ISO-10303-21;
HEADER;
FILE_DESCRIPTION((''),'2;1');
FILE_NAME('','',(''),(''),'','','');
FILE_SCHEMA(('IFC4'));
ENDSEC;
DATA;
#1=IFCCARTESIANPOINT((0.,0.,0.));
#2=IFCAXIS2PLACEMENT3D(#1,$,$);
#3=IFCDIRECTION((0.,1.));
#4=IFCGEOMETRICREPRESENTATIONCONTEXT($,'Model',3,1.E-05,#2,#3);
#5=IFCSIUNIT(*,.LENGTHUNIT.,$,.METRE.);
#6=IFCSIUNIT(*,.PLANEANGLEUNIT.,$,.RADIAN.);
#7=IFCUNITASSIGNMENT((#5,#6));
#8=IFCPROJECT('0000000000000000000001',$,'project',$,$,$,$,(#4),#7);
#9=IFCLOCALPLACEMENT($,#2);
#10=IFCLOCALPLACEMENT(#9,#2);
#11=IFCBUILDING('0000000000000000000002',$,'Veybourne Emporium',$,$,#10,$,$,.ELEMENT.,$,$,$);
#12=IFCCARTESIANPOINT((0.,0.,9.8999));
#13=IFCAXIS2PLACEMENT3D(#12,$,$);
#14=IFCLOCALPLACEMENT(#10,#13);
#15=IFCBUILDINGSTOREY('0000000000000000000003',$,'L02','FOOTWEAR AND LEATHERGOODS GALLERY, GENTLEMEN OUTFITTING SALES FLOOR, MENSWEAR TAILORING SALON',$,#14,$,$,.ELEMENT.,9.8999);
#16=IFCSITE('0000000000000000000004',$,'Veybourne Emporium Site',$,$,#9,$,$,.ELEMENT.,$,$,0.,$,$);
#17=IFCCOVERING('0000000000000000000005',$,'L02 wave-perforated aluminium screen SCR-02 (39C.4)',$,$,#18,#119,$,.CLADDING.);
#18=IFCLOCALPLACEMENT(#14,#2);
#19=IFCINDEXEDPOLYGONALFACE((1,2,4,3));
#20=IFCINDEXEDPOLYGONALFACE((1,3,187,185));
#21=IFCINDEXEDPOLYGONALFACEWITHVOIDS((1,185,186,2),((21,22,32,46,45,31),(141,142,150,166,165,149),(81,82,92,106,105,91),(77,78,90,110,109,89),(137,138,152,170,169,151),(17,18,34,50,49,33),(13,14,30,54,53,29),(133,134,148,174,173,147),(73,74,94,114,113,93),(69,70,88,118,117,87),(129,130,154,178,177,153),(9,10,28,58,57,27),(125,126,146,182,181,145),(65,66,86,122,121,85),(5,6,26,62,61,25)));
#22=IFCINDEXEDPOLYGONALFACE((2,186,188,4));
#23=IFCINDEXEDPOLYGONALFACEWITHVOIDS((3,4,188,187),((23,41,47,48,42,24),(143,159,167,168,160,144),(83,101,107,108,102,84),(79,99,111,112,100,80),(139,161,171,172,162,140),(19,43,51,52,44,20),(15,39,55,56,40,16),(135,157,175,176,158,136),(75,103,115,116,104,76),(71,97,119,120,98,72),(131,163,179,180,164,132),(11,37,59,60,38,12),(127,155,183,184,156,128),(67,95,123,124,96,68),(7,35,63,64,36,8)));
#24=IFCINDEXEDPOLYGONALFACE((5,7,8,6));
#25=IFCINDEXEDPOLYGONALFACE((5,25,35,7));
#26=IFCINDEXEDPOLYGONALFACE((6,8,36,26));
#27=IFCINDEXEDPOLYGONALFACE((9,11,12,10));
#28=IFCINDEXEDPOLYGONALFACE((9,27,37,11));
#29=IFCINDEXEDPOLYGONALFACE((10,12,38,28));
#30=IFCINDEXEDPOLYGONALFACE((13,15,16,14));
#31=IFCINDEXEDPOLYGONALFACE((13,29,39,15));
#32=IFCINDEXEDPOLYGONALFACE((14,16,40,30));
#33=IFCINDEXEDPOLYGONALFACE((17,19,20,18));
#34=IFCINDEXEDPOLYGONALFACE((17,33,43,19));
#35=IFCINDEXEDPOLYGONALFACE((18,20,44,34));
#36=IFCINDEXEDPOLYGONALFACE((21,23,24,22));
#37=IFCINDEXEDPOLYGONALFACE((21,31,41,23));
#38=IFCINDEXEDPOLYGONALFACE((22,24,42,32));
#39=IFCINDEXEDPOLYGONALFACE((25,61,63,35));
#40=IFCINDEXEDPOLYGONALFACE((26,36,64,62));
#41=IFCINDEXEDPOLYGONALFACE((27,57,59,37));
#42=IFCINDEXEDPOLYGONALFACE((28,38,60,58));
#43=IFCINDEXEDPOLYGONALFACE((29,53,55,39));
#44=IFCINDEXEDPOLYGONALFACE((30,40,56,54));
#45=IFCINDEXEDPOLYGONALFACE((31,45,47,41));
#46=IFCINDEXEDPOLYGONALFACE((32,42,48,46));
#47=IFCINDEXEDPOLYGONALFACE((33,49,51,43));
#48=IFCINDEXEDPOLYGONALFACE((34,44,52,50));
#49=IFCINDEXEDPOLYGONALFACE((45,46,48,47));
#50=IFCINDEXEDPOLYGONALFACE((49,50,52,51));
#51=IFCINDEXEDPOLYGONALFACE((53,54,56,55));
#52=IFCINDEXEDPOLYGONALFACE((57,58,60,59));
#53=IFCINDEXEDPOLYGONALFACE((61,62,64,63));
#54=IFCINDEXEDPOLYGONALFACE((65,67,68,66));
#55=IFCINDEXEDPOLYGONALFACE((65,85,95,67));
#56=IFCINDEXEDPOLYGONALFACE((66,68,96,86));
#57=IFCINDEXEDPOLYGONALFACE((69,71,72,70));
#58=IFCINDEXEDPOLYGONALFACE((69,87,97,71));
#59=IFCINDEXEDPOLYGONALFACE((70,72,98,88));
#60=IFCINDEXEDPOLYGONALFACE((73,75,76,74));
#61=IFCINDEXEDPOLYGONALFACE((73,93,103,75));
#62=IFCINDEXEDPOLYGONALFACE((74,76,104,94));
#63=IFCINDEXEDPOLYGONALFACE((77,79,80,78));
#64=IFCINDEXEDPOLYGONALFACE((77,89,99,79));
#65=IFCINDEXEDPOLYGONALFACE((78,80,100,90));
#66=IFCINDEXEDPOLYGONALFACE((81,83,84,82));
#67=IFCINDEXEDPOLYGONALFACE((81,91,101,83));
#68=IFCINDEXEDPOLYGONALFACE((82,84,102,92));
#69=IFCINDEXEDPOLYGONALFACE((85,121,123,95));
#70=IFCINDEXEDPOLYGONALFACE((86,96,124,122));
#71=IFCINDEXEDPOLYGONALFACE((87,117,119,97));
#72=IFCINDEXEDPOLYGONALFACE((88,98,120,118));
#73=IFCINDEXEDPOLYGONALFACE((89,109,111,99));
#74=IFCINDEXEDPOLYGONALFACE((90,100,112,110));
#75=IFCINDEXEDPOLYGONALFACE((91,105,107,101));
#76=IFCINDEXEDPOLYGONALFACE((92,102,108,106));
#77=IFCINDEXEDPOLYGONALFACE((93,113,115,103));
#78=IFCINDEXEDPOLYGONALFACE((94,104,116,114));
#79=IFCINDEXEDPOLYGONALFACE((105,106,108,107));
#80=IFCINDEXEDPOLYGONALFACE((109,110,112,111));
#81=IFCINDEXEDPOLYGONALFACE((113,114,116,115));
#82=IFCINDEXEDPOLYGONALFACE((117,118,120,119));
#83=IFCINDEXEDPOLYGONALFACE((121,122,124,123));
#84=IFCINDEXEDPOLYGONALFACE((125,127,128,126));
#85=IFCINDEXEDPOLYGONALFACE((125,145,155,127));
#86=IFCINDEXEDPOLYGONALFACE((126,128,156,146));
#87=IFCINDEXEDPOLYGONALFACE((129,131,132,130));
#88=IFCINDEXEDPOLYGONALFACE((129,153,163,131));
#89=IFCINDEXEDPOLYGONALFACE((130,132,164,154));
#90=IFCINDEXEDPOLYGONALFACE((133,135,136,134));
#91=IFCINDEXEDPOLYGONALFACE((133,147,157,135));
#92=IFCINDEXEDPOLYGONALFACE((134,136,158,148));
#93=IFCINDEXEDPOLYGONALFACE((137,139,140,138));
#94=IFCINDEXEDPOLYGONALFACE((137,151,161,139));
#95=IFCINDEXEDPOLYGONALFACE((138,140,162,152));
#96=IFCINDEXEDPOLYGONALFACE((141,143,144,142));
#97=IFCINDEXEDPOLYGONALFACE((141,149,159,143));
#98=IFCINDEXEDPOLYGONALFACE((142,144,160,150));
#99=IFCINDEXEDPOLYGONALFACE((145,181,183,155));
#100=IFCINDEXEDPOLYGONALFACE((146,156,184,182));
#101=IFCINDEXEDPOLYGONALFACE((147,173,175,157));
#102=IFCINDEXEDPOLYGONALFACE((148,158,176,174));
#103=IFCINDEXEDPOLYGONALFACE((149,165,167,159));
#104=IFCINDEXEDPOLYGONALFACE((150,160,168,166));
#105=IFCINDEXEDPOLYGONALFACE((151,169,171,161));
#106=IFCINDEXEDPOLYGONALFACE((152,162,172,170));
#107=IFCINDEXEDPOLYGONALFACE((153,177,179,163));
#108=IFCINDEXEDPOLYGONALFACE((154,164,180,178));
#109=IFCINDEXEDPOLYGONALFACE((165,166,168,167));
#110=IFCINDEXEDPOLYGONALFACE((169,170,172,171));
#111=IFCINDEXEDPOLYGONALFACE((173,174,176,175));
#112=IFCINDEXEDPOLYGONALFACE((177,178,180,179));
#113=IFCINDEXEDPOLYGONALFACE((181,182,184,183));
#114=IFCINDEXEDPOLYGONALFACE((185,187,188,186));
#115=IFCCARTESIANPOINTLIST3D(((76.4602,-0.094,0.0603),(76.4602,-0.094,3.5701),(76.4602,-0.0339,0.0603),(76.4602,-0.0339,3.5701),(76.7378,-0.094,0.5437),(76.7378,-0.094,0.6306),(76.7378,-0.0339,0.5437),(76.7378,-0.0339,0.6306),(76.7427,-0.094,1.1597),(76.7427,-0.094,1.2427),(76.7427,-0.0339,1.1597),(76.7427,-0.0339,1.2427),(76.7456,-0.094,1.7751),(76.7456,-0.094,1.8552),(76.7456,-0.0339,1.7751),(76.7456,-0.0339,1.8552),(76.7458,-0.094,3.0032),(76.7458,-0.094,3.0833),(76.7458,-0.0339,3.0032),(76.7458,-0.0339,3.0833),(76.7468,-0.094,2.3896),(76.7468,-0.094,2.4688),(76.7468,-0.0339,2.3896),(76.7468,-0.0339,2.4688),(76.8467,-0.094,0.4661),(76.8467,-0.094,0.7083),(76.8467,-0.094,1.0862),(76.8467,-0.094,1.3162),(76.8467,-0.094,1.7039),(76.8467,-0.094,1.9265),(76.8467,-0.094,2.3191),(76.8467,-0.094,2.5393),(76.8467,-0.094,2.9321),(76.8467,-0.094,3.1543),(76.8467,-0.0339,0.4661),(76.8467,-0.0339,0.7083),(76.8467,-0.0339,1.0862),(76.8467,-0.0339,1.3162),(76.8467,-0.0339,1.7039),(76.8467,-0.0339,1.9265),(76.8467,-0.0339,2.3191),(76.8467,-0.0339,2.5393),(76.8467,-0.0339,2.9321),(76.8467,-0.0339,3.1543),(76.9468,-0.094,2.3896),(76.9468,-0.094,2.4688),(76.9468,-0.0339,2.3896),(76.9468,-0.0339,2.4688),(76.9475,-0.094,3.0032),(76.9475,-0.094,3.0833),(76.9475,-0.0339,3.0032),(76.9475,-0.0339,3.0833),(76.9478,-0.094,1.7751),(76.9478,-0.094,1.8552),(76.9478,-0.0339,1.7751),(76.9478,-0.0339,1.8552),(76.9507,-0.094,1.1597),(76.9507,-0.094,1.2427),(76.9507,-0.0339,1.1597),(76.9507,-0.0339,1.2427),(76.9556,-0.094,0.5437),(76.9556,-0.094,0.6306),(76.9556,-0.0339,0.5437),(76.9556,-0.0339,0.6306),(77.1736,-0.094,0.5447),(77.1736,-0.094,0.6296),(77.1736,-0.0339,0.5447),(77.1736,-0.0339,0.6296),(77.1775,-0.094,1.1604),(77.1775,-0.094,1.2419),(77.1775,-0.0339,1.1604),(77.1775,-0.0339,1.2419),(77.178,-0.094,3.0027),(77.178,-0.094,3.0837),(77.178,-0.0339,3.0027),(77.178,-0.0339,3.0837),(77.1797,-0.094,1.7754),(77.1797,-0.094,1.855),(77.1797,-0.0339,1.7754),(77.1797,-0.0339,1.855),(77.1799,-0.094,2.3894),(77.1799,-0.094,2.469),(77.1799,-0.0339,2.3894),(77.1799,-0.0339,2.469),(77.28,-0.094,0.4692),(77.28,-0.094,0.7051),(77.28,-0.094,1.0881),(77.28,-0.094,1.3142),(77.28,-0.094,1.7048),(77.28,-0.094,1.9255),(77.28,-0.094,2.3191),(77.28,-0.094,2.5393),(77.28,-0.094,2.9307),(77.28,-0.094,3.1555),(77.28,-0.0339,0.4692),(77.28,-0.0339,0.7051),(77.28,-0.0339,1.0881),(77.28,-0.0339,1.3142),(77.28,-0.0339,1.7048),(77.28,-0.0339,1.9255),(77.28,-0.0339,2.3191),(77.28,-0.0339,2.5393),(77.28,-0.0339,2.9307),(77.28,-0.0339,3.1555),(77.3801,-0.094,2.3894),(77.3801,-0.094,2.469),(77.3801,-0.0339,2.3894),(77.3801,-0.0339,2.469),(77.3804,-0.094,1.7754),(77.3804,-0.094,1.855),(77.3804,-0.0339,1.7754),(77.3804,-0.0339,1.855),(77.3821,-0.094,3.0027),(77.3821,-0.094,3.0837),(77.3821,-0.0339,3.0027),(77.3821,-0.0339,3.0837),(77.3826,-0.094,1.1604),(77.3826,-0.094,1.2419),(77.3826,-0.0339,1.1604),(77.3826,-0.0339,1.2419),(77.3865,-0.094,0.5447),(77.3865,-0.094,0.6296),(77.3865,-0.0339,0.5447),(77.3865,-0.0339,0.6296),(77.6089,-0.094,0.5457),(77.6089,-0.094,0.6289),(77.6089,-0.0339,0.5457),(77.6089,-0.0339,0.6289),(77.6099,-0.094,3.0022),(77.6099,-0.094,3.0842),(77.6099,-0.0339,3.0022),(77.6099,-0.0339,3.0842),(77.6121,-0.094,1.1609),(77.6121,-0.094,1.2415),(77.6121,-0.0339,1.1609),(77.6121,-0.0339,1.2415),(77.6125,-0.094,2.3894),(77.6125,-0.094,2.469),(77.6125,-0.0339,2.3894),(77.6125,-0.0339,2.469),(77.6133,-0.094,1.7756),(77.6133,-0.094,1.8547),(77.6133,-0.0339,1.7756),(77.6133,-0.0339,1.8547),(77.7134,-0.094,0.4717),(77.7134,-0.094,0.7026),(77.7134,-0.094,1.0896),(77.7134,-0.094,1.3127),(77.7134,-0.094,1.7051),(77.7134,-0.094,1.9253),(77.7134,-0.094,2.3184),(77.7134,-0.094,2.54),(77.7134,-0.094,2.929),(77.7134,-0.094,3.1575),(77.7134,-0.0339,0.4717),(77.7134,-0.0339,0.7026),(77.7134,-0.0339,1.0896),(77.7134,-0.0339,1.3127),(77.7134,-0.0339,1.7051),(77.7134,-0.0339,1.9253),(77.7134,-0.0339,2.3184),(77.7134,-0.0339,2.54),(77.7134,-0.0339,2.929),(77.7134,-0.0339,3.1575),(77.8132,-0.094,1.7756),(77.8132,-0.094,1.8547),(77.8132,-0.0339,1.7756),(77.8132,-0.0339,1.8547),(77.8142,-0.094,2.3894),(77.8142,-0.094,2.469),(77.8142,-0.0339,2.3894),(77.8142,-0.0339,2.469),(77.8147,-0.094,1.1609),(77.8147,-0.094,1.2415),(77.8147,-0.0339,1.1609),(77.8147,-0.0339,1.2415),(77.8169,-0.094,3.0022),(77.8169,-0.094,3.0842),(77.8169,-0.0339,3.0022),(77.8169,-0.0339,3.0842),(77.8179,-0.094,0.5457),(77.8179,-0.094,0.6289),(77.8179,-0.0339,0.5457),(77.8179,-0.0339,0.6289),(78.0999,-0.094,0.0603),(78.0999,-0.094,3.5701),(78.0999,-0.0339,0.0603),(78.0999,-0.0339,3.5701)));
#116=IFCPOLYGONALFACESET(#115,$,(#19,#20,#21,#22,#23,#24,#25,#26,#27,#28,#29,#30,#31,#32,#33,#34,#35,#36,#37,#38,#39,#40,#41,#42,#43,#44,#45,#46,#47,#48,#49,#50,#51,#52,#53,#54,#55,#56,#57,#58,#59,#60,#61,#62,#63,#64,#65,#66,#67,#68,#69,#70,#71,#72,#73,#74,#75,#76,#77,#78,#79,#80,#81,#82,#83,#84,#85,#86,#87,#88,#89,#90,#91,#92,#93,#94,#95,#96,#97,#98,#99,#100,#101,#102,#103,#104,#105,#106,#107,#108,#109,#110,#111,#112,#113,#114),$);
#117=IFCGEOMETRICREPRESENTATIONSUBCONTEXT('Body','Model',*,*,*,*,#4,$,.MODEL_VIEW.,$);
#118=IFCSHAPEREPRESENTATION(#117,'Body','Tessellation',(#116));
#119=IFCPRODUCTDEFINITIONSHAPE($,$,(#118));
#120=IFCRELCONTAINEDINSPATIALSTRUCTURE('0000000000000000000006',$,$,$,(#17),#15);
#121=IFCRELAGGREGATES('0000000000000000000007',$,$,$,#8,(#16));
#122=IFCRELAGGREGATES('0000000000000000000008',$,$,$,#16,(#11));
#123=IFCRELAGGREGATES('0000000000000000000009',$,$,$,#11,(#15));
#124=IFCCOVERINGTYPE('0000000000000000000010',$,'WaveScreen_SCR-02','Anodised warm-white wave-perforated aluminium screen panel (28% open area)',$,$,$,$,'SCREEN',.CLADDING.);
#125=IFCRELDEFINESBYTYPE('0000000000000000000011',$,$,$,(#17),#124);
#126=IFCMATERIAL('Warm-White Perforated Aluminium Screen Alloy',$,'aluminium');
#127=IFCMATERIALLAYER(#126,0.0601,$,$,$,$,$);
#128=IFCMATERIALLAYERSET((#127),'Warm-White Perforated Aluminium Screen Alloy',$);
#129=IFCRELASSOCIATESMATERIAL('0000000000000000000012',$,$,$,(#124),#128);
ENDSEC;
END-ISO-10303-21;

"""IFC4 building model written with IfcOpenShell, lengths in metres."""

from ifc_helpers import new_model, si_unit, direction, frame, origin, place, context, subcontext, project, spatial, polyline, outline, extrude, material, layer, layer_set, type_object, element, save


model = new_model("IFC4")

# Units and contexts
model_context = context("Model", 3, precision=1e-05, world=origin(), true_north=direction((0.0, 1.0)))
body_context = subcontext(model_context, "Body", "Model", "MODEL_VIEW")
ifc_project = project(units=[si_unit("LENGTHUNIT", "METRE"), si_unit("PLANEANGLEUNIT", "RADIAN")], contexts=[model_context])

# Site, building, storey
site_placement = place(None, origin())
site = spatial("IfcSite", under=ifc_project, at=site_placement, Name="Veybourne Emporium Site", CompositionType="ELEMENT", RefElevation=0.0)
building_placement = place(site_placement, origin())
building = spatial("IfcBuilding", under=site, at=building_placement, Name="Veybourne Emporium", CompositionType="ELEMENT")
storey_placement = place(building_placement, frame((0.0, 0.0, 9.8999)))
storey = spatial("IfcBuildingStorey", under=building, at=storey_placement, Name="L02", Description="FOOTWEAR AND LEATHERGOODS GALLERY, GENTLEMEN OUTFITTING SALES FLOOR, MENSWEAR TAILORING SALON", CompositionType="ELEMENT", Elevation=9.8999)

# Covering
ifc_material_1 = material(Name="Warm-White Perforated Aluminium Screen Alloy", Category="aluminium")
ifc_layer_1 = layer(ifc_material_1, 0.0601)
ifc_layer_set_1 = layer_set([ifc_layer_1], Name="Warm-White Perforated Aluminium Screen Alloy")
covering_type_1 = type_object("IfcCoveringType", Name="WaveScreen_SCR-02", Description="Anodised warm-white wave-perforated aluminium screen panel (28% open area)", ElementType="SCREEN", PredefinedType="CLADDING", material=ifc_layer_set_1)
covering_1_placement = place(storey_placement, frame((77.28, -0.094, 1.8152), z_axis=(0.0, 1.0, 0.0), x_axis=(-1.0, 0.0, 0.0)))
element("IfcCovering", 1, at=covering_1_placement, inside=storey, type_object=covering_type_1, Name="L02 wave-perforated aluminium screen SCR-02 (39C.4)", PredefinedType="CLADDING", context=body_context, shape_type="SweptSolid", body=[
    extrude(outline(polyline([(-0.8198, -1.7549), (0.8198, -1.7549), (0.8198, 1.7549), (-0.8198, 1.7549), (-0.8198, -1.7549)]), holes=[polyline([(-0.4333, -1.1125), (-0.3289, -1.1863), (-0.3289, -1.2695), (-0.4333, -1.3435), (-0.5378, -1.2695), (-0.5378, -1.1863), (-0.4333, -1.1125)]), polyline([(-0.4333, -0.5024), (-0.332, -0.5737), (-0.332, -0.6543), (-0.4333, -0.7256), (-0.5347, -0.6543), (-0.5347, -0.5737), (-0.4333, -0.5024)]), polyline([(-0.4333, 0.1101), (-0.3333, 0.0396), (-0.3333, -0.0396), (-0.4333, -0.1101), (-0.5332, -0.0396), (-0.5332, 0.0396), (-0.4333, 0.1101)]), polyline([(-0.4333, 0.7249), (-0.3325, 0.6538), (-0.3325, 0.5742), (-0.4333, 0.5032), (-0.5342, 0.5742), (-0.5342, 0.6538), (-0.4333, 0.7249)]), polyline([(-0.4333, 1.3423), (-0.3298, 1.269), (-0.3298, 1.187), (-0.4333, 1.1138), (-0.5369, 1.187), (-0.5369, 1.269), (-0.4333, 1.3423)]), polyline([(0.0, -1.1101), (0.1064, -1.1855), (0.1064, -1.2705), (0.0, -1.3459), (-0.1064, -1.2705), (-0.1064, -1.1855), (0.0, -1.1101)]), polyline([(0.0, -0.501), (0.1025, -0.5732), (0.1025, -0.6548), (0.0, -0.7271), (-0.1025, -0.6548), (-0.1025, -0.5732), (0.0, -0.501)]), polyline([(0.0, 0.1104), (0.1003, 0.0398), (0.1003, -0.0398), (0.0, -0.1104), (-0.1003, -0.0398), (-0.1003, 0.0398), (0.0, 0.1104)]), polyline([(0.0, 0.7241), (0.1001, 0.6538), (0.1001, 0.5742), (0.0, 0.5039), (-0.1001, 0.5742), (-0.1001, 0.6538), (0.0, 0.7241)]), polyline([(0.0, 1.3403), (0.1021, 1.2686), (0.1021, 1.1875), (0.0, 1.1155), (-0.1021, 1.1875), (-0.1021, 1.2686), (0.0, 1.3403)]), polyline([(0.4333, -1.1069), (0.5422, -1.1846), (0.5422, -1.2715), (0.4333, -1.3491), (0.3245, -1.2715), (0.3245, -1.1846), (0.4333, -1.1069)]), polyline([(0.4333, -0.499), (0.5374, -0.5725), (0.5374, -0.6555), (0.4333, -0.729), (0.3293, -0.6555), (0.3293, -0.5725), (0.4333, -0.499)]), polyline([(0.4333, 0.1113), (0.5344, 0.04), (0.5344, -0.04), (0.4333, -0.1113), (0.3323, -0.04), (0.3323, 0.04), (0.4333, 0.1113)]), polyline([(0.4333, 0.7241), (0.5332, 0.6536), (0.5332, 0.5745), (0.4333, 0.5039), (0.3333, 0.5745), (0.3333, 0.6536), (0.4333, 0.7241)]), polyline([(0.4333, 1.3391), (0.5342, 1.2681), (0.5342, 1.188), (0.4333, 1.1169), (0.3325, 1.188), (0.3325, 1.2681), (0.4333, 1.3391)])]), origin(), (0.0, 0.0, 1.0), 0.0601),
])

save(model, "model.ifc")
